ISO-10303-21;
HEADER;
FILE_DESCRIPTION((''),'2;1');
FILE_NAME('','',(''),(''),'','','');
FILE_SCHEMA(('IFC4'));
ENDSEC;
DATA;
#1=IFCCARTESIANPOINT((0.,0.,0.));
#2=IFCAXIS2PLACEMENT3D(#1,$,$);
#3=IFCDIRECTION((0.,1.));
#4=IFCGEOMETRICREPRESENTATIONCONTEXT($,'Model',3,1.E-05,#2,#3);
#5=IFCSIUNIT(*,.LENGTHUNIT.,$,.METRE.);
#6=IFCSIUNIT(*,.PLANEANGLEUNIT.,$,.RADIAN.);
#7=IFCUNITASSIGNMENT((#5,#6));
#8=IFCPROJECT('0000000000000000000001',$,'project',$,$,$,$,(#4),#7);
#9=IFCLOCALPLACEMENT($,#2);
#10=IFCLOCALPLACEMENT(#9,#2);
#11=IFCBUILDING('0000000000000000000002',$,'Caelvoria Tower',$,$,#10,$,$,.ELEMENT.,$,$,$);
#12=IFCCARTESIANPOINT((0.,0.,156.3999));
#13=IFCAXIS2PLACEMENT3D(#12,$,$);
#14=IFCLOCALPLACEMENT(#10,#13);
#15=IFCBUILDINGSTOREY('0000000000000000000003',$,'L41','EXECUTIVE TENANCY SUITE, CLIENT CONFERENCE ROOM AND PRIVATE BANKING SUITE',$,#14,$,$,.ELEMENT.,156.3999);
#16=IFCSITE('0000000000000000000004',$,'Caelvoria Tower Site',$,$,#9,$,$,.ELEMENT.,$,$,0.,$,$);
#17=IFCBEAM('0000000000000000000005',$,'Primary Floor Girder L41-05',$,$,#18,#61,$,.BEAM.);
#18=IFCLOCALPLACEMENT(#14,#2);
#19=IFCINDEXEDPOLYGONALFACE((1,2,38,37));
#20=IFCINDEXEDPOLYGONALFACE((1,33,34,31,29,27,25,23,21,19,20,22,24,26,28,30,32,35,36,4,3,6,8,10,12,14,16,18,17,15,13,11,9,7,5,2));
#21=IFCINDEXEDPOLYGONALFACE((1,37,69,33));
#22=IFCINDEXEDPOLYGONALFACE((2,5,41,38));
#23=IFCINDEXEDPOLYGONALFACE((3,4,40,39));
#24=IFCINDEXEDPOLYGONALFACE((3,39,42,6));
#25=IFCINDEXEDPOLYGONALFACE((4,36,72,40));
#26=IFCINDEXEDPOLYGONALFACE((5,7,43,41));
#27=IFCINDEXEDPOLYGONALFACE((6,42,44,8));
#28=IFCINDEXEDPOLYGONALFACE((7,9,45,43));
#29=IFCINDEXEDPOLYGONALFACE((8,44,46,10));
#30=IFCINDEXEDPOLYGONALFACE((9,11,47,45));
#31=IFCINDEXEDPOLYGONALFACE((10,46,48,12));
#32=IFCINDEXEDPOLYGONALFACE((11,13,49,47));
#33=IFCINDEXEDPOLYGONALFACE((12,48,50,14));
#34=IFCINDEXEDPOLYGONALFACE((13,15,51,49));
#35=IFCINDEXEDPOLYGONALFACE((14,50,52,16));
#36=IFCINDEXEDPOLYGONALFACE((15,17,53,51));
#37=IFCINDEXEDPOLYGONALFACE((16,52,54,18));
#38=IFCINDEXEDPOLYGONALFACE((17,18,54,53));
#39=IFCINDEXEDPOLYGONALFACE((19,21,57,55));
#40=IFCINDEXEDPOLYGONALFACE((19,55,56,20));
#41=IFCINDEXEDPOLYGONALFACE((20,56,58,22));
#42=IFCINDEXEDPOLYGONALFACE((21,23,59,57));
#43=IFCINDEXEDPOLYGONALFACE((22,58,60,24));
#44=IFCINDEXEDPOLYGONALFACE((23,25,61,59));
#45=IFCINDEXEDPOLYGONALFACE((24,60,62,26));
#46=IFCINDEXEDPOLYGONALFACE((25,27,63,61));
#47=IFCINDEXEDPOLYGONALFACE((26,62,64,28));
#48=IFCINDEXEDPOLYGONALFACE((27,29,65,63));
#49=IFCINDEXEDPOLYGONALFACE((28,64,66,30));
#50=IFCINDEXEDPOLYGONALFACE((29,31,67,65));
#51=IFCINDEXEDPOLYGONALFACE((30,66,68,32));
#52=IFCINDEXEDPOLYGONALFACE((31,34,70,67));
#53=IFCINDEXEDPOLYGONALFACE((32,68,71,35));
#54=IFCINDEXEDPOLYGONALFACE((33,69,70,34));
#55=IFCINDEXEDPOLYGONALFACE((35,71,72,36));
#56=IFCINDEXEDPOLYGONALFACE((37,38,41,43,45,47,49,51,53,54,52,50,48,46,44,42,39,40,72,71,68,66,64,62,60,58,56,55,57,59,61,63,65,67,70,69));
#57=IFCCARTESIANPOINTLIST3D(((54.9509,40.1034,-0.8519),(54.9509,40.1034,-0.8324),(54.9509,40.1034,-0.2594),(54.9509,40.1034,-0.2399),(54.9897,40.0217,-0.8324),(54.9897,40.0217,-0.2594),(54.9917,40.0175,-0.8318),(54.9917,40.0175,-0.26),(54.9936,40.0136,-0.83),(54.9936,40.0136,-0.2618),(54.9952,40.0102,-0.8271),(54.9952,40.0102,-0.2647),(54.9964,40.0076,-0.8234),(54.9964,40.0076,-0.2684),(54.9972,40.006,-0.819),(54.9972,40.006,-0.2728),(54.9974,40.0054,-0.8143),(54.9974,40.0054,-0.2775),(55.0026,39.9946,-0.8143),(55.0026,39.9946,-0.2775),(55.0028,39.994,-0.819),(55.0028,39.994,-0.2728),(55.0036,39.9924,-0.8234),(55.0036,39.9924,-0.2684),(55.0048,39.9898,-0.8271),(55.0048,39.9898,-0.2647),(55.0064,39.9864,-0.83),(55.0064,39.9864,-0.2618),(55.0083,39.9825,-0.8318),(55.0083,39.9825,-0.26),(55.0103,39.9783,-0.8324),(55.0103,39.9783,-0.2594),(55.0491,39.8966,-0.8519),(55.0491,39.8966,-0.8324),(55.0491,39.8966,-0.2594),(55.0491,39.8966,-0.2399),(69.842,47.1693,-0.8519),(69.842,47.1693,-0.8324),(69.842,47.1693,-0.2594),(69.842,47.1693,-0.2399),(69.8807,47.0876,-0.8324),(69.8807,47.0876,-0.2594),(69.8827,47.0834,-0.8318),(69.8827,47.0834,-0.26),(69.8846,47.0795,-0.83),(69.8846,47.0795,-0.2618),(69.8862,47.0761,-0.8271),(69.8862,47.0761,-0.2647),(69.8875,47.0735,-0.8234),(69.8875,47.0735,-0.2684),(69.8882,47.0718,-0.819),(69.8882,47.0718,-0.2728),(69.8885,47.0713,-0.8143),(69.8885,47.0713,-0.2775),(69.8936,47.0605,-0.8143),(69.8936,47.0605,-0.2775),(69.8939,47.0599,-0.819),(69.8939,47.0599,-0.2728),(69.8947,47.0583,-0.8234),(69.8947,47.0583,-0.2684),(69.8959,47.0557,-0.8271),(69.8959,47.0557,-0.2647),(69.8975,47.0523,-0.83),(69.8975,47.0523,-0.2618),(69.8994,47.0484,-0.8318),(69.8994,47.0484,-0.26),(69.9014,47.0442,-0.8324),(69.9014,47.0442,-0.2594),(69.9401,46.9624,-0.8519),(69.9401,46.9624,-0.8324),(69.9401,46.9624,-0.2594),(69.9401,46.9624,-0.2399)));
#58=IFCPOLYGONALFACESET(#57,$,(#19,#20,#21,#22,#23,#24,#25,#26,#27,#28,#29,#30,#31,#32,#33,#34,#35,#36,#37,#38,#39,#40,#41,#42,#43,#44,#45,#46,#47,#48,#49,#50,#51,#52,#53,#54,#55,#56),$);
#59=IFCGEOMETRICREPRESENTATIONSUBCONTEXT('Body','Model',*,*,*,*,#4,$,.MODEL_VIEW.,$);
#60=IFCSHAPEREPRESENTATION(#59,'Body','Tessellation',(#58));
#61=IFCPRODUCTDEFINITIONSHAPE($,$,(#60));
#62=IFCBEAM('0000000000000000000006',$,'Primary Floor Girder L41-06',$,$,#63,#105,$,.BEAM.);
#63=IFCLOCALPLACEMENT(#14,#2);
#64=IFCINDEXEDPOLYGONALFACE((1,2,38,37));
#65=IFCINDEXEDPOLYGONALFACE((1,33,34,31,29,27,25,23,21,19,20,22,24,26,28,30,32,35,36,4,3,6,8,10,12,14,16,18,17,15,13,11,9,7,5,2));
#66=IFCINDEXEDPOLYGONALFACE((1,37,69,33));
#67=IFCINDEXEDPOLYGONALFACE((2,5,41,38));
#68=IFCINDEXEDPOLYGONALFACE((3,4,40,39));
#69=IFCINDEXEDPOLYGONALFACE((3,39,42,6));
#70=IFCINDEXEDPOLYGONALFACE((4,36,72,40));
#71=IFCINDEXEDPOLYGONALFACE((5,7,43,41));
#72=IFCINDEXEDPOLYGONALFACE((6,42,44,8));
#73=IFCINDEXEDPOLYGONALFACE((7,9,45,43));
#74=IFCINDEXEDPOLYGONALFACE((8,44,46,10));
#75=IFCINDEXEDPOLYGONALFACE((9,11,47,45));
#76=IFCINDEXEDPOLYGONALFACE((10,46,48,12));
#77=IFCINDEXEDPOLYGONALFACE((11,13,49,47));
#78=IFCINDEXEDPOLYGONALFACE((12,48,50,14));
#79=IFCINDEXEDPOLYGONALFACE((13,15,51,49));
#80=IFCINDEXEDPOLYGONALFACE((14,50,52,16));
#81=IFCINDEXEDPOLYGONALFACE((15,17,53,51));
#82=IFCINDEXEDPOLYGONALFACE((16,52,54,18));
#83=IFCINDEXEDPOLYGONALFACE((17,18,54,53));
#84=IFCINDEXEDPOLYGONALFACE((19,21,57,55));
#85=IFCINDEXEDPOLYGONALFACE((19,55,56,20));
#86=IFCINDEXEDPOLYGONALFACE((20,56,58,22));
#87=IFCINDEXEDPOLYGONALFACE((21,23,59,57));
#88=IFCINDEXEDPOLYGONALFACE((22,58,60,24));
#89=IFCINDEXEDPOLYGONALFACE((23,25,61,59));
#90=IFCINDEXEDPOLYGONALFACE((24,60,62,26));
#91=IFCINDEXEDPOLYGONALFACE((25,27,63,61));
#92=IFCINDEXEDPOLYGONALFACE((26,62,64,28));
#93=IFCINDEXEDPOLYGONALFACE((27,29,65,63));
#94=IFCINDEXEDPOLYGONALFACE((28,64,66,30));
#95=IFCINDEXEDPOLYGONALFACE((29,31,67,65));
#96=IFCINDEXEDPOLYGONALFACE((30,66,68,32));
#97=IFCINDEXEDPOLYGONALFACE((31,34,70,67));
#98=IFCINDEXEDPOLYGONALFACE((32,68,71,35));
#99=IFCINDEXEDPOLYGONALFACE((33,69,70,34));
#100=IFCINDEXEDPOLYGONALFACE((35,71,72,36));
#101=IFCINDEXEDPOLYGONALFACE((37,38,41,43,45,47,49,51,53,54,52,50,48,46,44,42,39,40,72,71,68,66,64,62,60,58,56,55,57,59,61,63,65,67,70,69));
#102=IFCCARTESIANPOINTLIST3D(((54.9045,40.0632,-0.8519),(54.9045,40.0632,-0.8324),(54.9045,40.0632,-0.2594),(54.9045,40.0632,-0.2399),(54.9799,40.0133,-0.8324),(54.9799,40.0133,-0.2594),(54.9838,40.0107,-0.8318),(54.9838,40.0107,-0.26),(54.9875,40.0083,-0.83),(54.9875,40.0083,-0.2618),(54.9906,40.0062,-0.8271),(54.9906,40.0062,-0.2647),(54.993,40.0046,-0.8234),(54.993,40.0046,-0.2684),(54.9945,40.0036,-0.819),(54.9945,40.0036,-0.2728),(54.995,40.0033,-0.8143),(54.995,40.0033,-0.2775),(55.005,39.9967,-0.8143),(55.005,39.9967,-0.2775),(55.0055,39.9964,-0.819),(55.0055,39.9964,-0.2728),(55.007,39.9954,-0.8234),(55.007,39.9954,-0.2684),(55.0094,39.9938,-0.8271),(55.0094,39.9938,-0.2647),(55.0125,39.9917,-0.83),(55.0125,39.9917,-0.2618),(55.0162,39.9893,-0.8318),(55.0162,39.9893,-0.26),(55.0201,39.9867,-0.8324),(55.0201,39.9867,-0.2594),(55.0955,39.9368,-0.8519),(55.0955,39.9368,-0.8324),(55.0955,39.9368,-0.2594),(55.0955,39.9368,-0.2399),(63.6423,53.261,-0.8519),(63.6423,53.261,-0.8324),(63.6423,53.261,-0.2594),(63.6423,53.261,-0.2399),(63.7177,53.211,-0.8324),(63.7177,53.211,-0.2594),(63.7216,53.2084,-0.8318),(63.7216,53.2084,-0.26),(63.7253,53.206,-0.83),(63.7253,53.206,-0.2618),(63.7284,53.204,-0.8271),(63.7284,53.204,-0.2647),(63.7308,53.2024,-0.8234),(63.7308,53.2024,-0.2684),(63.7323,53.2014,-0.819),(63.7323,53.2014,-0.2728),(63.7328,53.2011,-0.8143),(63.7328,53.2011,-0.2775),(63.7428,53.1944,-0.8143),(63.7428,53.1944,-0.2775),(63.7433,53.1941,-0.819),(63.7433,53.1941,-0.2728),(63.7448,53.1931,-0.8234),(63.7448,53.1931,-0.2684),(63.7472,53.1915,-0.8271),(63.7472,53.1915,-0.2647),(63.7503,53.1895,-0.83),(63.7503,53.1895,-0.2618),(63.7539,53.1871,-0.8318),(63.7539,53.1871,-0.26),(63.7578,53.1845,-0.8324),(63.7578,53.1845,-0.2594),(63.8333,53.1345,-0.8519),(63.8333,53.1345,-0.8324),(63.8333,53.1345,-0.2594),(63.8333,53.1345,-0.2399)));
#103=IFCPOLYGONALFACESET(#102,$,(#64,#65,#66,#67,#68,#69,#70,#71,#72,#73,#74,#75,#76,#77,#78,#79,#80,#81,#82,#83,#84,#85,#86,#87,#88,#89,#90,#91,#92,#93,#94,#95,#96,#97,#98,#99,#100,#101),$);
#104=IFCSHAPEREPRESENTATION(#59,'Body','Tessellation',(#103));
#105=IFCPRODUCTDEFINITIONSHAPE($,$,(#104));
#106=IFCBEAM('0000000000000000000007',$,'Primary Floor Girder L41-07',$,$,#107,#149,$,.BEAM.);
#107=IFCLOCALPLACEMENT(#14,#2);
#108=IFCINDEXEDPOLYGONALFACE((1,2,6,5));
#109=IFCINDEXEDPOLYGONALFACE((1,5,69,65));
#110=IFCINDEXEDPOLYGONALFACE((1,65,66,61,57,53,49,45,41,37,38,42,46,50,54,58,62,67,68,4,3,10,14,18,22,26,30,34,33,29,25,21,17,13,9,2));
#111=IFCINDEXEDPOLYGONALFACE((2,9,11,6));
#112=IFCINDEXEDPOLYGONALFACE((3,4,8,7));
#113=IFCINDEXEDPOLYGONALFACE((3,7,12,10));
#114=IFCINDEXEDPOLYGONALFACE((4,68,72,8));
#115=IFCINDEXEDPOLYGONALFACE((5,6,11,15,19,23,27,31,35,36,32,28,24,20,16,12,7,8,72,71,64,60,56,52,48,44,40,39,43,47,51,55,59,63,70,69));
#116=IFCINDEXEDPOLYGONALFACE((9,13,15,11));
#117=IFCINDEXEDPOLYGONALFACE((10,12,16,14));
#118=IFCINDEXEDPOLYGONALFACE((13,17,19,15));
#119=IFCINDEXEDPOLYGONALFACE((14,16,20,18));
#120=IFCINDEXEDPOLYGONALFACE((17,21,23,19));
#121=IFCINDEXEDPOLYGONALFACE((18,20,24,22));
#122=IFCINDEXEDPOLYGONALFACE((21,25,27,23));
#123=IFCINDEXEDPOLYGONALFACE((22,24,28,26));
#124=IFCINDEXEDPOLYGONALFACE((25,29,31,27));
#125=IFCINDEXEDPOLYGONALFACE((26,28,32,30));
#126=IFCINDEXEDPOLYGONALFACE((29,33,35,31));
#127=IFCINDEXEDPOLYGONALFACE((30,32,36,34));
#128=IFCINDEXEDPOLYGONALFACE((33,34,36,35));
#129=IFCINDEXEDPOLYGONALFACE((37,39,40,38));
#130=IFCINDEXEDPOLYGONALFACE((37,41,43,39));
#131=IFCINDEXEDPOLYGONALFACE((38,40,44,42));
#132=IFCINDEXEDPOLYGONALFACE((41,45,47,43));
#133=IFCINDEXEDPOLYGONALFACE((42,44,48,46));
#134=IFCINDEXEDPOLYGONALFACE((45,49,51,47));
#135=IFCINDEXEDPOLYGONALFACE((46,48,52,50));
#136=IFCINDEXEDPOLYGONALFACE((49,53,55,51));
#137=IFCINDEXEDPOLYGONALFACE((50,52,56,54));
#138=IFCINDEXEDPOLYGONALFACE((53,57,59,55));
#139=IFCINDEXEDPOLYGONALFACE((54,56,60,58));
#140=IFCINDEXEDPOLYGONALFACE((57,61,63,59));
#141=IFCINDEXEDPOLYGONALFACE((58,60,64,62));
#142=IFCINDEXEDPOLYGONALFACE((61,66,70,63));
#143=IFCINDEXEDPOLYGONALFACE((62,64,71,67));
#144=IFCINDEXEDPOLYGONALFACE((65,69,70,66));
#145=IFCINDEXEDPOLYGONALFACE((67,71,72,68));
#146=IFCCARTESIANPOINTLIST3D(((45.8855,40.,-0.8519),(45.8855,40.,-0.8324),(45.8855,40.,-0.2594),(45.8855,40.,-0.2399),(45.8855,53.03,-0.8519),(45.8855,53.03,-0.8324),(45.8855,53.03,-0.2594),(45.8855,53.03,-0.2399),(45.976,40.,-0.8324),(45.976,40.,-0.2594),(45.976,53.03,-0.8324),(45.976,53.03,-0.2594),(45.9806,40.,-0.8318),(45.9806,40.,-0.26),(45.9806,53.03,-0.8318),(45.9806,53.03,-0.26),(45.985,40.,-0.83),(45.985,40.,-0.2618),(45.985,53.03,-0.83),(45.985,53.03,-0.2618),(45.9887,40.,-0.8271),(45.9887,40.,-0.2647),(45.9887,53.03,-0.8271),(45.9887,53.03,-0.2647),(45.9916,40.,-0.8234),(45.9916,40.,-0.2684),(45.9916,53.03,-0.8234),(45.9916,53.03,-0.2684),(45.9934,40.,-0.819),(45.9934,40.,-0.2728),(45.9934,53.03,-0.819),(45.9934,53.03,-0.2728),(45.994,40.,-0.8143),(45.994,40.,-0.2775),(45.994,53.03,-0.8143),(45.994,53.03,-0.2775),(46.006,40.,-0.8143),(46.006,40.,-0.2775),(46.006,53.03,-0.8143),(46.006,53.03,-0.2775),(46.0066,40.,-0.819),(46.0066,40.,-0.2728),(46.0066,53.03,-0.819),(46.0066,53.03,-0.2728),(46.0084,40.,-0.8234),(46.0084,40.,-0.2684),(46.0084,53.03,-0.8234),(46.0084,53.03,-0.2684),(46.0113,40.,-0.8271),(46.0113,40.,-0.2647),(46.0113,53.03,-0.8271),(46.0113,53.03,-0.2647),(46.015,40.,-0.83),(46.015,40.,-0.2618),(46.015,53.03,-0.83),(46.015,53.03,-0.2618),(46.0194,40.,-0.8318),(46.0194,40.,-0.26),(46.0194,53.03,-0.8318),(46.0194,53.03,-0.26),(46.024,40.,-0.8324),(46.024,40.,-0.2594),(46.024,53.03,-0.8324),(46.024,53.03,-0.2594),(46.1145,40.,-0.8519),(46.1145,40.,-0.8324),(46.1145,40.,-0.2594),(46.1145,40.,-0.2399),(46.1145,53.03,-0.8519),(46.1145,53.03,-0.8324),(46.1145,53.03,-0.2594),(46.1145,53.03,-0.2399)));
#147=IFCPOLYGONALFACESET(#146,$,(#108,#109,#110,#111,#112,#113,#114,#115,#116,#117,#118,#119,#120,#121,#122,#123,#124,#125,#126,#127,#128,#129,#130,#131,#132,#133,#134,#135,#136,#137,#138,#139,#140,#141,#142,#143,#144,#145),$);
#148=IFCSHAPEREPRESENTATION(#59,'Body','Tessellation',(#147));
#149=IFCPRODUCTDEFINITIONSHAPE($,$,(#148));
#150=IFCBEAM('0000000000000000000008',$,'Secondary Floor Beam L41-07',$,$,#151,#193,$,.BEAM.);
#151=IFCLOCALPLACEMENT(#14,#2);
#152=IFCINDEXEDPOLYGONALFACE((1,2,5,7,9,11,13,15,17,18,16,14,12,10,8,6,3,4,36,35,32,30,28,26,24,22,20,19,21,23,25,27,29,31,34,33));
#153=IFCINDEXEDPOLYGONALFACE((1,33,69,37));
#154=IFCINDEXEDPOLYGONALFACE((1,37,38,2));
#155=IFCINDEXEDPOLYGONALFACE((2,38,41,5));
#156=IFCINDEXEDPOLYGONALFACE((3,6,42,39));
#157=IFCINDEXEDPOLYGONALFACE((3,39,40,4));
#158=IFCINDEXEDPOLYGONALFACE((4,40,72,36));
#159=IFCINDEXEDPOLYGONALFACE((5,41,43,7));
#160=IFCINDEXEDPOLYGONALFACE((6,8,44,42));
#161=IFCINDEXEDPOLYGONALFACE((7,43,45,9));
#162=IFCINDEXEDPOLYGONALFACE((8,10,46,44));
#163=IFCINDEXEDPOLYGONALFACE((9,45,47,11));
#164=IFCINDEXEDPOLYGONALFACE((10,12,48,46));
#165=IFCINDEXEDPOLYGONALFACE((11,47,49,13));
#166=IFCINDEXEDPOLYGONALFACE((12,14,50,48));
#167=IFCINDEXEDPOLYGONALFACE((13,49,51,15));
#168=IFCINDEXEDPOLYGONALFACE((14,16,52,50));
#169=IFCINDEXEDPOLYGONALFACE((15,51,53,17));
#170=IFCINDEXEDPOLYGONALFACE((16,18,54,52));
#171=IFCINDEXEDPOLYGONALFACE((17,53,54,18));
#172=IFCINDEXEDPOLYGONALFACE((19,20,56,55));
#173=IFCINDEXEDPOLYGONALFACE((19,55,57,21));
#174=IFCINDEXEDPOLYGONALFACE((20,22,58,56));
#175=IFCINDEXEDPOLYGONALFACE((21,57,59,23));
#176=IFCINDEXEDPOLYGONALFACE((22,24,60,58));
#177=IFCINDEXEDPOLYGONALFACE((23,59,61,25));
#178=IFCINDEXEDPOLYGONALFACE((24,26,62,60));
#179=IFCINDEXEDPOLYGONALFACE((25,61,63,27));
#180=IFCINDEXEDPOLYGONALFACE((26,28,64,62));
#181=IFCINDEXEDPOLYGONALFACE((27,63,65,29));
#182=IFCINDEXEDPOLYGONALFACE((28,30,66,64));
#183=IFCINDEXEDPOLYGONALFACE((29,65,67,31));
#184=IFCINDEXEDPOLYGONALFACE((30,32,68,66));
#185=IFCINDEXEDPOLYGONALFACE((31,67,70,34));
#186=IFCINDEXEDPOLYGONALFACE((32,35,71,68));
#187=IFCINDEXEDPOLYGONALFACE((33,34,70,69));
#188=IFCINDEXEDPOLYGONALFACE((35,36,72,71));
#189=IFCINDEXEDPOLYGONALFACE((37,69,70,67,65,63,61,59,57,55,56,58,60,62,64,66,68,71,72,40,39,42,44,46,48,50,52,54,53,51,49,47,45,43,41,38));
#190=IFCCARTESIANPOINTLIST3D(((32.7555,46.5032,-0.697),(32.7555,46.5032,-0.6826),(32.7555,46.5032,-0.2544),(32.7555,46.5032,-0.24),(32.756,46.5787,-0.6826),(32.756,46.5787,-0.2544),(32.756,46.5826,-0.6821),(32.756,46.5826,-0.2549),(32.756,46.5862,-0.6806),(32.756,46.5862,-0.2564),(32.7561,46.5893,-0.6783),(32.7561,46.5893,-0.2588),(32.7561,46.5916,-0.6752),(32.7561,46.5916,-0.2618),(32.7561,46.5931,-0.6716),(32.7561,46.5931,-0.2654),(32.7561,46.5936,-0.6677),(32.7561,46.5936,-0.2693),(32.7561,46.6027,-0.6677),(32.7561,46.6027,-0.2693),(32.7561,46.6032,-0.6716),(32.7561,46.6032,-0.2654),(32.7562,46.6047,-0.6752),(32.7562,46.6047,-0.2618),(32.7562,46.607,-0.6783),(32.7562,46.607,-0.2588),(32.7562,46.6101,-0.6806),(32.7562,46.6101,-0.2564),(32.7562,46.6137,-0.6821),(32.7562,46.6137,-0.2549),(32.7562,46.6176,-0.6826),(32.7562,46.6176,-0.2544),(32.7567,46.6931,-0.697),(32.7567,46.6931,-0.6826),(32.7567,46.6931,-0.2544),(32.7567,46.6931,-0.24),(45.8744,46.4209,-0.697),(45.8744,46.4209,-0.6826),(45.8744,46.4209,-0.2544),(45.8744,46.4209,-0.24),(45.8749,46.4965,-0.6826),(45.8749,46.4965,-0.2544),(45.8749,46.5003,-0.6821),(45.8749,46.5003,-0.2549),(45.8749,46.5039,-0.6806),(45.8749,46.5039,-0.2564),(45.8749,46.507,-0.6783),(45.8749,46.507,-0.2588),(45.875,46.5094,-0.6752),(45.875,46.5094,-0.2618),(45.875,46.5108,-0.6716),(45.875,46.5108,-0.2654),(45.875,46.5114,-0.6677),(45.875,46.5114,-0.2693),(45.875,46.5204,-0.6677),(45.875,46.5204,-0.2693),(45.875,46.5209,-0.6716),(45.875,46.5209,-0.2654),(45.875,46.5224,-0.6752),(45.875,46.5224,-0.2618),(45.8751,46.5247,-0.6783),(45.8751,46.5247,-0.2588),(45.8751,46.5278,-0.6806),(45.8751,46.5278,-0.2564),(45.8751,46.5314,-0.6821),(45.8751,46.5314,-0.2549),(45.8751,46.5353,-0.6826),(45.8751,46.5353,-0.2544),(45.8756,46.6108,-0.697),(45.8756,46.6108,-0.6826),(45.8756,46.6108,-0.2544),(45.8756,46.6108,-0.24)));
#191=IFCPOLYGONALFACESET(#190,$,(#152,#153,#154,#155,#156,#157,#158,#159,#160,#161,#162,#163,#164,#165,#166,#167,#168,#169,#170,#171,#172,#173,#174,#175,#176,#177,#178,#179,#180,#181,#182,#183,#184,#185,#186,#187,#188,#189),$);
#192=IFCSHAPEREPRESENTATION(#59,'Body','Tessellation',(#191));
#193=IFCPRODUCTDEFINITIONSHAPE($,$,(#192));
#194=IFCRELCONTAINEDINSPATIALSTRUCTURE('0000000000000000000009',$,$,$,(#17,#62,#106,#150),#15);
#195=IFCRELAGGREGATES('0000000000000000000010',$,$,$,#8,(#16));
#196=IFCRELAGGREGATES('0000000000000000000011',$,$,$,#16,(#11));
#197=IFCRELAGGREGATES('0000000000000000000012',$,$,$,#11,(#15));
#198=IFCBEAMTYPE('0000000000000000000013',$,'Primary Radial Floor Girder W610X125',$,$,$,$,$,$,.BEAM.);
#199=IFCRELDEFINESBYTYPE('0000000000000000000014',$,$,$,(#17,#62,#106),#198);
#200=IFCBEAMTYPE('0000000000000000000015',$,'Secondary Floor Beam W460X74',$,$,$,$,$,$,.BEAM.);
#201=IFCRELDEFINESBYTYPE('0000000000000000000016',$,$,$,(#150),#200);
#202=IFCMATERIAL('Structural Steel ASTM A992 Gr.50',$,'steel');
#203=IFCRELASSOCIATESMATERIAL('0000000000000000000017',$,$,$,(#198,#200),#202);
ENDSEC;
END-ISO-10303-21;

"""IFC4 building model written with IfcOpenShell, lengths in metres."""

from ifc_helpers import new_model, si_unit, direction, frame, origin, origin_2d, place, context, subcontext, project, spatial, i_section, extrude, material, material_profile, profile_set, type_object, element, save


model = new_model("IFC4")

# Units and contexts
model_context = context("Model", 3, precision=1e-05, world=origin(), true_north=direction((0.0, 1.0)))
body_context = subcontext(model_context, "Body", "Model", "MODEL_VIEW")
ifc_project = project(units=[si_unit("LENGTHUNIT", "METRE"), si_unit("PLANEANGLEUNIT", "RADIAN")], contexts=[model_context])

# Site, building, storey
site_placement = place(None, origin())
site = spatial("IfcSite", under=ifc_project, at=site_placement, Name="Caelvoria Tower Site", CompositionType="ELEMENT", RefElevation=0.0)
building_placement = place(site_placement, origin())
building = spatial("IfcBuilding", under=site, at=building_placement, Name="Caelvoria Tower", CompositionType="ELEMENT")
storey_placement = place(building_placement, frame((0.0, 0.0, 156.3999)))
storey = spatial("IfcBuildingStorey", under=building, at=storey_placement, Name="L41", Description="EXECUTIVE TENANCY SUITE, CLIENT CONFERENCE ROOM AND PRIVATE BANKING SUITE", CompositionType="ELEMENT", Elevation=156.3999)

# Shared definitions
ifc_material_1 = material(Name="Structural Steel ASTM A992 Gr.50", Category="steel")

# Beams
ifc_material_profile_1 = material_profile(ifc_material_1, i_section(OverallWidth=0.229, OverallDepth=0.6121, WebThickness=0.012, FlangeThickness=0.0195, FilletRadius=0.0181, at=origin_2d()), Name="Structural Steel ASTM A992 Gr.50")
ifc_profile_set_1 = profile_set([ifc_material_profile_1], Name="W610X125 - Structural Steel ASTM A992 Gr.50")
beam_type_1 = type_object("IfcBeamType", Name="Primary Radial Floor Girder W610X125", PredefinedType="BEAM", material=ifc_profile_set_1)
beam_1_placement = place(storey_placement, frame((55.0, 40.0, -0.5459), z_axis=(0.903451, 0.428692, 0.0), x_axis=(-0.428692, 0.903451, 0.0)))
element("IfcBeam", 1, at=beam_1_placement, inside=storey, type_object=beam_type_1, Name="Primary Floor Girder L41-05", PredefinedType="BEAM", context=body_context, shape_type="SweptSolid", body=[
    extrude(i_section(OverallWidth=0.229, OverallDepth=0.6121, WebThickness=0.012, FlangeThickness=0.0195, FilletRadius=0.0181, at=origin_2d()), origin(), (0.0, 0.0, 1.0), 16.4824),
])
beam_2_placement = place(storey_placement, frame((55.0, 40.0, -0.5459), z_axis=(0.552042, 0.833816, 0.0), x_axis=(-0.833816, 0.552042, 0.0)))
element("IfcBeam", 2, at=beam_2_placement, inside=storey, type_object=beam_type_1, Name="Primary Floor Girder L41-06", PredefinedType="BEAM", context=body_context, shape_type="SweptSolid", body=[
    extrude(i_section(OverallWidth=0.229, OverallDepth=0.6121, WebThickness=0.012, FlangeThickness=0.0195, FilletRadius=0.0181, at=origin_2d()), origin(), (0.0, 0.0, 1.0), 15.8281),
])
beam_3_placement = place(storey_placement, frame((46.0, 40.0, -0.5459), z_axis=(0.0, 1.0, 0.0), x_axis=(-1.0, 0.0, 0.0)))
element("IfcBeam", 3, at=beam_3_placement, inside=storey, type_object=beam_type_1, Name="Primary Floor Girder L41-07", PredefinedType="BEAM", context=body_context, shape_type="SweptSolid", body=[
    extrude(i_section(OverallWidth=0.229, OverallDepth=0.6121, WebThickness=0.012, FlangeThickness=0.0195, FilletRadius=0.0181, at=origin_2d()), origin(), (0.0, 0.0, 1.0), 13.03),
])
ifc_material_profile_2 = material_profile(ifc_material_1, i_section(OverallWidth=0.1899, OverallDepth=0.457, WebThickness=0.009, FlangeThickness=0.0144, FilletRadius=0.0149, at=origin_2d()), Name="Structural Steel ASTM A992 Gr.50")
ifc_profile_set_2 = profile_set([ifc_material_profile_2], Name="W460X74 - Structural Steel ASTM A992 Gr.50")
beam_type_2 = type_object("IfcBeamType", Name="Secondary Floor Beam W460X74", PredefinedType="BEAM", material=ifc_profile_set_2)
beam_4_placement = place(storey_placement, frame((45.875, 46.5159, -0.4685), z_axis=(-0.99998, 0.006271, 0.0), x_axis=(-0.006271, -0.99998, 0.0)))
element("IfcBeam", 4, at=beam_4_placement, inside=storey, type_object=beam_type_2, Name="Secondary Floor Beam L41-07", PredefinedType="BEAM", context=body_context, shape_type="SweptSolid", body=[
    extrude(i_section(OverallWidth=0.1899, OverallDepth=0.457, WebThickness=0.009, FlangeThickness=0.0144, FilletRadius=0.0149, at=origin_2d()), origin(), (0.0, 0.0, 1.0), 13.1191),
])

save(model, "model.ifc")
